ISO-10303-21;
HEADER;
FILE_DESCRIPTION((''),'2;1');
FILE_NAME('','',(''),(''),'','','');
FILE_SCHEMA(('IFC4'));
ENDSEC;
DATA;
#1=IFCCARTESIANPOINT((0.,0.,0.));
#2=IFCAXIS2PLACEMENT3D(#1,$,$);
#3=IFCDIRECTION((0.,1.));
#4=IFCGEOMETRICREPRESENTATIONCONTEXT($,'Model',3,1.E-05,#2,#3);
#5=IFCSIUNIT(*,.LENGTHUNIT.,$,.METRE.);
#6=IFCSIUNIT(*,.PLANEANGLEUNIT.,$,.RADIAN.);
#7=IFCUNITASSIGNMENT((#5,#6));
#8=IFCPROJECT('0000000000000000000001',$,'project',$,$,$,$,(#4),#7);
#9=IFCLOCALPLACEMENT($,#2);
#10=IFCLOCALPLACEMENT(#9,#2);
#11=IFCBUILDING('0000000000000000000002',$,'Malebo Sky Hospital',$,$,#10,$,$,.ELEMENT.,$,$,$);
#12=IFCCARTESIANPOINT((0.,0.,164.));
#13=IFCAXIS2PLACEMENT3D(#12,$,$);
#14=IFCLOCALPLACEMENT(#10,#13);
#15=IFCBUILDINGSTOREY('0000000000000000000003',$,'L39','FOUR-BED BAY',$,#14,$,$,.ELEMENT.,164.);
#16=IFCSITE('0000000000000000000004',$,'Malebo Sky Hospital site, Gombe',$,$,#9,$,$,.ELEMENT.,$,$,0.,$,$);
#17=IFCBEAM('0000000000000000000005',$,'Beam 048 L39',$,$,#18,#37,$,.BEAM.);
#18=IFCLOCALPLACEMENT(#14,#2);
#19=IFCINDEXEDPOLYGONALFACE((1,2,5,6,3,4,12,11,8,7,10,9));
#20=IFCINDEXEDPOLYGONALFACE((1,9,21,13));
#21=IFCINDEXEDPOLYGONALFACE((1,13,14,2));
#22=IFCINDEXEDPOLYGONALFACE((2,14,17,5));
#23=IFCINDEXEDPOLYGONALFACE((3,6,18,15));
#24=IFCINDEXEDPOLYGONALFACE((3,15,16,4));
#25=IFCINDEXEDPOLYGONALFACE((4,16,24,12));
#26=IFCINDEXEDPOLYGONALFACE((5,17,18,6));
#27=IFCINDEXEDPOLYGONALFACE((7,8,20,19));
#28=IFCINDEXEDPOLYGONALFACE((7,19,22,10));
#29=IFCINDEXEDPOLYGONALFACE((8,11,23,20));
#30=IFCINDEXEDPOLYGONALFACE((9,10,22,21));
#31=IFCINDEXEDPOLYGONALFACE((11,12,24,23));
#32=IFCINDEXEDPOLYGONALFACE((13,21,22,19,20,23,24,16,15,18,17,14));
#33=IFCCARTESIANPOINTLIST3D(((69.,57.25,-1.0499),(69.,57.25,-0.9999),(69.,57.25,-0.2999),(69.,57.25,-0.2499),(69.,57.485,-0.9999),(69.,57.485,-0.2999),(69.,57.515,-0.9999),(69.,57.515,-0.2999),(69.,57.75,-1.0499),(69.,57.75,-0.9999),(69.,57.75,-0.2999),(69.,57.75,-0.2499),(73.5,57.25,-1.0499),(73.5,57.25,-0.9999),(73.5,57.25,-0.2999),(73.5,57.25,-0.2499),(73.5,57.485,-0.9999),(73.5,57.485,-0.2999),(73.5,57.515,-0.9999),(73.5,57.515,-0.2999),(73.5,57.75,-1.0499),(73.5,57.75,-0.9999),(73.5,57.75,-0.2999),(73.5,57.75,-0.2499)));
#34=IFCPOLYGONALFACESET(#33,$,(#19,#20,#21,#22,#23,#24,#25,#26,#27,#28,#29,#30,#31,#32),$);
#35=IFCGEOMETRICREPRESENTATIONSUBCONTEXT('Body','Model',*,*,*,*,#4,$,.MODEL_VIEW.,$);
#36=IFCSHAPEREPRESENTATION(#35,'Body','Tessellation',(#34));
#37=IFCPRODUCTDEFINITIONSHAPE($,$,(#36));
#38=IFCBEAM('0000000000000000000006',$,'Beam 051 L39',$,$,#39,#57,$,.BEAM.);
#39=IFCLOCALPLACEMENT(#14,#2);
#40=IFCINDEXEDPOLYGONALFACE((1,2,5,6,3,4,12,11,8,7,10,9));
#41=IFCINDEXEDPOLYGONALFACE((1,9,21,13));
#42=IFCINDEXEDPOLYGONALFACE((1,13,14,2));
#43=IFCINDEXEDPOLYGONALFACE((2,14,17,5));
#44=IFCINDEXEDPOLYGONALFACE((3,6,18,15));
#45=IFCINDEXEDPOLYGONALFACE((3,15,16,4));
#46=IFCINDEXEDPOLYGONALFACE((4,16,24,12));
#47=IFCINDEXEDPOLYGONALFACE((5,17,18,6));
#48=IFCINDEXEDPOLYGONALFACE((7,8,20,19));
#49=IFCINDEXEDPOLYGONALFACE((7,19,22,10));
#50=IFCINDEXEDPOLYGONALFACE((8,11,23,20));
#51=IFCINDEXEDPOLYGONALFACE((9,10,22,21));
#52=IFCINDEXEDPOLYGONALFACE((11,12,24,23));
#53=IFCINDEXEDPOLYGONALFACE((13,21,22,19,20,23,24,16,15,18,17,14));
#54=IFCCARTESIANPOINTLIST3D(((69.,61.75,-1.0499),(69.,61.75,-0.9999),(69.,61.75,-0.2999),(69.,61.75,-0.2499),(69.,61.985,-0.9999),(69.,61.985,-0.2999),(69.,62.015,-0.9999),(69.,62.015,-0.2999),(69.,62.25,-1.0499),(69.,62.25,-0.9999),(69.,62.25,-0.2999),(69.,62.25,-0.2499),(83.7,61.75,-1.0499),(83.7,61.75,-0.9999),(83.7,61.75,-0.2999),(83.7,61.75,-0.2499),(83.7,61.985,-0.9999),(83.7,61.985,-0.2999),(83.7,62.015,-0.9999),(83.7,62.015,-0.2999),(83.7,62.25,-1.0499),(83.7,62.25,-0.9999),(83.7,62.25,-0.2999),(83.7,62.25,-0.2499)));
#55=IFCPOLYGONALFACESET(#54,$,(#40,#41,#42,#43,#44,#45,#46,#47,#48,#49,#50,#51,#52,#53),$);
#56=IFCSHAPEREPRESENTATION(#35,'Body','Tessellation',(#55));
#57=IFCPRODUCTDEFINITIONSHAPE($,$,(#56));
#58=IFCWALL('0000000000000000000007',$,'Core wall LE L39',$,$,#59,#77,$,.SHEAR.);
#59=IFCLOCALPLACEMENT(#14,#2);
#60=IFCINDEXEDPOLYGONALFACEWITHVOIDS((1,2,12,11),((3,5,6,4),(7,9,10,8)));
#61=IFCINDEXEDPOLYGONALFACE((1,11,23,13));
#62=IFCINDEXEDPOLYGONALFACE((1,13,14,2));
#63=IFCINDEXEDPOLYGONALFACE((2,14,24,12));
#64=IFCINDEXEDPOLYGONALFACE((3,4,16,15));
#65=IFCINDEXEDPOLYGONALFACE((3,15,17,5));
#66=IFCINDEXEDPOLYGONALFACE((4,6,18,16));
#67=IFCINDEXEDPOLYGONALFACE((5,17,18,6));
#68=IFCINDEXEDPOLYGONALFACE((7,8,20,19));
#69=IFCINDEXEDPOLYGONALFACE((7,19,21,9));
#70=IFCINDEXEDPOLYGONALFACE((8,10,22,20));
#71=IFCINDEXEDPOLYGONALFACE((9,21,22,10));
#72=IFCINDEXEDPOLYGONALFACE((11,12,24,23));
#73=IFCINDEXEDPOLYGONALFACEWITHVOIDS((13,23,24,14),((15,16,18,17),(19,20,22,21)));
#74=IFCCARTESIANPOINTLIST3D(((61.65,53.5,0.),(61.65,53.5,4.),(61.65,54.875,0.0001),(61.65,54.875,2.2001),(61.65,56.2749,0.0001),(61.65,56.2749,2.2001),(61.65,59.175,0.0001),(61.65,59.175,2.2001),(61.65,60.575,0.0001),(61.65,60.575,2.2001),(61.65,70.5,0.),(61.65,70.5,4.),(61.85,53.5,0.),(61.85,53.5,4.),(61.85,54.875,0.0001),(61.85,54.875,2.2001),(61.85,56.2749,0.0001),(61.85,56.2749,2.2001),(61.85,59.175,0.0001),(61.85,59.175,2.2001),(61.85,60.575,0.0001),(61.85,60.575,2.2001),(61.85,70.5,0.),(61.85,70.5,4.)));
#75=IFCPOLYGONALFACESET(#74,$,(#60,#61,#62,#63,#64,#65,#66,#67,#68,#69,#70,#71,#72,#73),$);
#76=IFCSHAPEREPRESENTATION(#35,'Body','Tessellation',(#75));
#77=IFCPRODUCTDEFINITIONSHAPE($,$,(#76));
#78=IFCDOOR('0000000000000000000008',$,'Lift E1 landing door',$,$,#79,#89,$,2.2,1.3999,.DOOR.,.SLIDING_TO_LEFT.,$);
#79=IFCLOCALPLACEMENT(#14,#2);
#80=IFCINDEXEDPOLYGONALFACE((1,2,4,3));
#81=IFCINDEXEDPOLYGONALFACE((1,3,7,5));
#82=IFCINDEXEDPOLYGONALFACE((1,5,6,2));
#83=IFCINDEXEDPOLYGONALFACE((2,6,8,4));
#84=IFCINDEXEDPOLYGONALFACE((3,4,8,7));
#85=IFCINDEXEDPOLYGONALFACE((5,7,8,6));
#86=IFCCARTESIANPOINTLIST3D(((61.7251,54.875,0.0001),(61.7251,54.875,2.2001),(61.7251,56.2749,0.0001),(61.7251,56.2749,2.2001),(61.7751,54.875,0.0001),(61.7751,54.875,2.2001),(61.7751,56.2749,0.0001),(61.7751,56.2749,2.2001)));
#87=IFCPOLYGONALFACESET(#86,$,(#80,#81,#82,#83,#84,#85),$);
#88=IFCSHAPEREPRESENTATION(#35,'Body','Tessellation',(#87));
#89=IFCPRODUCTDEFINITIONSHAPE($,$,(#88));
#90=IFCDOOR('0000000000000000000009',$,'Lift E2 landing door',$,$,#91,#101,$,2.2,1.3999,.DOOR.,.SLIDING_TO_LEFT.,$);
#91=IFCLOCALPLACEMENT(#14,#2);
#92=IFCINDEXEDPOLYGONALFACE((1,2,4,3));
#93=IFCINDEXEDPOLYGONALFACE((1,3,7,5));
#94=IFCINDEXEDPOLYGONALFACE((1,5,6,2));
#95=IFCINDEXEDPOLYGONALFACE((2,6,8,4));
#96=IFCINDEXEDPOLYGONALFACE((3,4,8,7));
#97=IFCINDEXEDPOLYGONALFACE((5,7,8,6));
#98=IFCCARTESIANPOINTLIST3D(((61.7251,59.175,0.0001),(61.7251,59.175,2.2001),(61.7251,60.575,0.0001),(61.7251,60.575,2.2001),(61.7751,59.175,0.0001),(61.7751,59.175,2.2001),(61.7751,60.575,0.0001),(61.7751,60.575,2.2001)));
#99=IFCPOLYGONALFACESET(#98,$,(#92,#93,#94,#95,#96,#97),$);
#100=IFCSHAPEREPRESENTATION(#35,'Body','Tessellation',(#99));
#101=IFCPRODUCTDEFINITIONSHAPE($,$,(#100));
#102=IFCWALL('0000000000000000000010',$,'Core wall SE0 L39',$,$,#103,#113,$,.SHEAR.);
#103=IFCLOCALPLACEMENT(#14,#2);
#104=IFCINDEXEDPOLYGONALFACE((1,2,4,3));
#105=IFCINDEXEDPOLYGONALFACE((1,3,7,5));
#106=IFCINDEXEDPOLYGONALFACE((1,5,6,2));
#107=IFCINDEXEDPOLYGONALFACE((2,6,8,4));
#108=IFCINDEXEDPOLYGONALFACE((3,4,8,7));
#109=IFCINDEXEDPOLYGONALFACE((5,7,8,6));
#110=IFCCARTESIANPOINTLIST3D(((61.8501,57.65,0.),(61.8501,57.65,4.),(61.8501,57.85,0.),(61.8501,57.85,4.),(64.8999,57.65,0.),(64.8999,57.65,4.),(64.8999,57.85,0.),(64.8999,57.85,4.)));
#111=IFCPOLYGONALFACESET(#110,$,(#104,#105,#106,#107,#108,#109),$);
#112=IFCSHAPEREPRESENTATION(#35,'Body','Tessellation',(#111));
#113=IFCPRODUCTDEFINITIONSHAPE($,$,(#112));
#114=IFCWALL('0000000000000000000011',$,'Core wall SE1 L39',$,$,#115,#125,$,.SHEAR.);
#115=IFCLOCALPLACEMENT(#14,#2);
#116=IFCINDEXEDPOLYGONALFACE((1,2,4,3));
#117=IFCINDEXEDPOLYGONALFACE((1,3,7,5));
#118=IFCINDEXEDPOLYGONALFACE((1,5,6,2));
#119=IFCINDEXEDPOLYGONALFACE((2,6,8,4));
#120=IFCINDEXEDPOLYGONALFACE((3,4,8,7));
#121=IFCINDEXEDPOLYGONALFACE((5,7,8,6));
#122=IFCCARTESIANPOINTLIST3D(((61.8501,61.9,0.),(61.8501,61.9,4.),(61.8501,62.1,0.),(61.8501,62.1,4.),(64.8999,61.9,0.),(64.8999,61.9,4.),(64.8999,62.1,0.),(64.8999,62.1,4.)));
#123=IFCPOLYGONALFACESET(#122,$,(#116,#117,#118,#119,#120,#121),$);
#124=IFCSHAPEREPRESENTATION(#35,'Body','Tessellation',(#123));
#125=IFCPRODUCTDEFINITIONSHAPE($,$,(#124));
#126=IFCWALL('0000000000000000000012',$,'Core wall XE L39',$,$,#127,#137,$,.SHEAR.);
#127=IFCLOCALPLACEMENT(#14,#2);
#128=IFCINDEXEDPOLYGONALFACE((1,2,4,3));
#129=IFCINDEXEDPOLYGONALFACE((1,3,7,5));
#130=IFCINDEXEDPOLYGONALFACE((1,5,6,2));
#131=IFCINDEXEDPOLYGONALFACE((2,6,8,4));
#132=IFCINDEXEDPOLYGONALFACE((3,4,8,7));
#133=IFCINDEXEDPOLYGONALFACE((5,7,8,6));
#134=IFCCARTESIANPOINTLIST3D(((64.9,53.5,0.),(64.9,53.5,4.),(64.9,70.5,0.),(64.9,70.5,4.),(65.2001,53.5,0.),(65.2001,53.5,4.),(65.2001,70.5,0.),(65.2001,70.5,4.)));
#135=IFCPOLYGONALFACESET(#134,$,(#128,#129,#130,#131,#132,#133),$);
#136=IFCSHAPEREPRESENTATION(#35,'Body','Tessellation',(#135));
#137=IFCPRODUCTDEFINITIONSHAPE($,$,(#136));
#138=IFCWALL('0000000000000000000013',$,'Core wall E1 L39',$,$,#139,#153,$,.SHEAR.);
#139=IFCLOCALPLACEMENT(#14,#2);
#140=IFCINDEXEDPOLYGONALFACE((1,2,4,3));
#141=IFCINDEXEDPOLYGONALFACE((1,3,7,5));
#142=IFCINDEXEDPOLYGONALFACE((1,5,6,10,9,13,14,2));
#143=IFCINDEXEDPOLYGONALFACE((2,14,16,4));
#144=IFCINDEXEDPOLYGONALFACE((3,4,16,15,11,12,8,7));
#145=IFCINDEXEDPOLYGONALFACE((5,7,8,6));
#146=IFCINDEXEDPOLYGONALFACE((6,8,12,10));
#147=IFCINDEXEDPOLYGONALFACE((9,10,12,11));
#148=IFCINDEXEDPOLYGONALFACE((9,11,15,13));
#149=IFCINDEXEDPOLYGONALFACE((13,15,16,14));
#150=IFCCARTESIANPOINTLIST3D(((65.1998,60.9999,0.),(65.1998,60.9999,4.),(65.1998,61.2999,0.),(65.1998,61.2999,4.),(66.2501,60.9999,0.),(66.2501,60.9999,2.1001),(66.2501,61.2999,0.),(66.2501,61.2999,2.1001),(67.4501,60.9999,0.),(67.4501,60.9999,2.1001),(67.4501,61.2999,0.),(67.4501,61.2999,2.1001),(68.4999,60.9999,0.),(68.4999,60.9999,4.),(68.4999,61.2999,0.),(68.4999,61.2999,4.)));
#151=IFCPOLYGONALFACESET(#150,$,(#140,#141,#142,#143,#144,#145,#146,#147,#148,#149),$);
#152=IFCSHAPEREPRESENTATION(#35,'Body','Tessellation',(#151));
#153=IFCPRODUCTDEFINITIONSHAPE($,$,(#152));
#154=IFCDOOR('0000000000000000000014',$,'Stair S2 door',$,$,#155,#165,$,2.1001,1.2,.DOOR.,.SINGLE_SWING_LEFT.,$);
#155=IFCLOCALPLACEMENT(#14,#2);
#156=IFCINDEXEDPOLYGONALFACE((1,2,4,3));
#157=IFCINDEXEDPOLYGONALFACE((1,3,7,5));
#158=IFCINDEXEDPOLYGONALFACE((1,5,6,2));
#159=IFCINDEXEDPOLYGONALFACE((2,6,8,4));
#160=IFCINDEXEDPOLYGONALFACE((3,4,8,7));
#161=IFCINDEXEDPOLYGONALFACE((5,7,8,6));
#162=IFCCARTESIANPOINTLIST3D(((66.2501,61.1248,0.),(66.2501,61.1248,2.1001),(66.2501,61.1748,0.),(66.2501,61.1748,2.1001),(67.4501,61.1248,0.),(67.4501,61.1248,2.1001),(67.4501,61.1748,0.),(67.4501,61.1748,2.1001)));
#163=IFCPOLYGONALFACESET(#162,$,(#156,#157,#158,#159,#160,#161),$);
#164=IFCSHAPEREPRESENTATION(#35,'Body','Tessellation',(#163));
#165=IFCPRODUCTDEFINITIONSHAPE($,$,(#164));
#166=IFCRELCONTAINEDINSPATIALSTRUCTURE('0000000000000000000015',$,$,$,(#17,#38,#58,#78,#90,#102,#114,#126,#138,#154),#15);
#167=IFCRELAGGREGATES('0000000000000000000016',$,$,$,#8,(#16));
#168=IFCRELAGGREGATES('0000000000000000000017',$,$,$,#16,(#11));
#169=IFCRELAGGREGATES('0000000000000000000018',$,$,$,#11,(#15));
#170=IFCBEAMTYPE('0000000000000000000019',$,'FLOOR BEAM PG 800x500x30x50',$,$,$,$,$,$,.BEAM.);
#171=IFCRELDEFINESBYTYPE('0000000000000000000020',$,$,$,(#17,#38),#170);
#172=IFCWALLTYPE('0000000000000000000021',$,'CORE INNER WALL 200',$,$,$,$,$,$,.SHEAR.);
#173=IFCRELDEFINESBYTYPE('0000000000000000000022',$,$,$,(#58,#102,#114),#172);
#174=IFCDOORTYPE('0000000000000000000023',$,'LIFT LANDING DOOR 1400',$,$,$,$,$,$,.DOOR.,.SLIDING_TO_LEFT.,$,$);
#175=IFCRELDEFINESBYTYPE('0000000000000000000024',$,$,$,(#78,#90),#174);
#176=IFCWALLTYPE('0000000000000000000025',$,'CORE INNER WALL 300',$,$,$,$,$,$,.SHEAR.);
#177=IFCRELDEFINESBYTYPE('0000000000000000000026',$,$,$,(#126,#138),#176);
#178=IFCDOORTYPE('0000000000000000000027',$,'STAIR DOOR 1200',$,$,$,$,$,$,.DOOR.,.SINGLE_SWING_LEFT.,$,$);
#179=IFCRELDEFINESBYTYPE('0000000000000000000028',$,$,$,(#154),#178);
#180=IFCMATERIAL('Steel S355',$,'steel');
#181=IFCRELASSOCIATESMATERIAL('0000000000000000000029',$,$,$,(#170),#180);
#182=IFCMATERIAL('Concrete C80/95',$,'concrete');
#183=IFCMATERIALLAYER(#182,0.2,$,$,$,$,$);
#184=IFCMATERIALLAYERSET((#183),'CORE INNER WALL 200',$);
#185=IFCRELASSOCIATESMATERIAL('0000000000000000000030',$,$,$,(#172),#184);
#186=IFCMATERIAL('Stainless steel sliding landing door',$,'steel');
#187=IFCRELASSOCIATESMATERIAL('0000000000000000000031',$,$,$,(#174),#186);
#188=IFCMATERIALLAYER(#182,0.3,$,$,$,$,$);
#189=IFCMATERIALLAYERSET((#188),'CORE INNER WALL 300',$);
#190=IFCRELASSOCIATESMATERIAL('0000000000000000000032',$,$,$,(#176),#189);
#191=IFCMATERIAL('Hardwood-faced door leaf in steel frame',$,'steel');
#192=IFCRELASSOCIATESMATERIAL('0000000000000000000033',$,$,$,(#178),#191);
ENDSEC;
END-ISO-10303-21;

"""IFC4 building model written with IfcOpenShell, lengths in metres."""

from ifc_helpers import new_model, si_unit, direction, frame, frame_2d, origin, origin_2d, place, context, subcontext, project, spatial, rectangle, i_section, extrude, material, layer, layer_set, material_profile, profile_set, type_object, element, fill, save


model = new_model("IFC4")

# Units and contexts
model_context = context("Model", 3, precision=1e-05, world=origin(), true_north=direction((0.0, 1.0)))
body_context = subcontext(model_context, "Body", "Model", "MODEL_VIEW")
ifc_project = project(units=[si_unit("LENGTHUNIT", "METRE"), si_unit("PLANEANGLEUNIT", "RADIAN")], contexts=[model_context])

# Site, building, storey
site_placement = place(None, origin())
site = spatial("IfcSite", under=ifc_project, at=site_placement, Name="Malebo Sky Hospital site, Gombe", CompositionType="ELEMENT", RefElevation=0.0)
building_placement = place(site_placement, origin())
building = spatial("IfcBuilding", under=site, at=building_placement, Name="Malebo Sky Hospital", CompositionType="ELEMENT")
storey_placement = place(building_placement, frame((0.0, 0.0, 164.0)))
storey = spatial("IfcBuildingStorey", under=building, at=storey_placement, Name="L39", Description="FOUR-BED BAY", CompositionType="ELEMENT", Elevation=164.0)

# Beams
ifc_material_1 = material(Name="Steel S355", Category="steel")
ifc_material_profile = material_profile(ifc_material_1, i_section(OverallWidth=0.5, OverallDepth=0.8, WebThickness=0.03, FlangeThickness=0.05, at=origin_2d()), Name="PG 800x500x30x50")
ifc_profile_set = profile_set([ifc_material_profile], Name="Steel S355")
beam_type = type_object("IfcBeamType", Name="FLOOR BEAM PG 800x500x30x50", PredefinedType="BEAM", material=ifc_profile_set)
beam_1_placement = place(storey_placement, frame((69.0, 57.5, -0.6499), z_axis=(1.0, 0.0, 0.0), x_axis=(0.0, 1.0, 0.0)))
element("IfcBeam", 1, at=beam_1_placement, inside=storey, type_object=beam_type, Name="Beam 048 L39", PredefinedType="BEAM", context=body_context, shape_type="SweptSolid", body=[
    extrude(i_section(OverallWidth=0.5, OverallDepth=0.8, WebThickness=0.03, FlangeThickness=0.05, at=origin_2d()), origin(), (0.0, 0.0, 1.0), 4.5),
])
beam_2_placement = place(storey_placement, frame((69.0, 62.0, -0.6499), z_axis=(1.0, 0.0, 0.0), x_axis=(0.0, 1.0, 0.0)))
element("IfcBeam", 2, at=beam_2_placement, inside=storey, type_object=beam_type, Name="Beam 051 L39", PredefinedType="BEAM", context=body_context, shape_type="SweptSolid", body=[
    extrude(i_section(OverallWidth=0.5, OverallDepth=0.8, WebThickness=0.03, FlangeThickness=0.05, at=origin_2d()), origin(), (0.0, 0.0, 1.0), 14.7),
])

# Wall, openings, doors
ifc_material_2 = material(Name="Concrete C80/95", Category="concrete")
ifc_layer_1 = layer(ifc_material_2, 0.2)
ifc_layer_set_1 = layer_set([ifc_layer_1], Name="CORE INNER WALL 200")
wall_type_1 = type_object("IfcWallType", Name="CORE INNER WALL 200", PredefinedType="SHEAR", material=ifc_layer_set_1)
wall_1_placement = place(storey_placement, frame((61.75, 53.5, 0.0), z_axis=(0.0, 0.0, 1.0), x_axis=(0.0, 1.0, 0.0)))
wall_1 = element("IfcWall", 3, at=wall_1_placement, inside=storey, type_object=wall_type_1, Name="Core wall LE L39", PredefinedType="SHEAR", context=body_context, shape_type="SweptSolid", body=[
    extrude(rectangle(XDim=17.0, YDim=0.2, at=frame_2d((8.5, 0.0))), origin(), (0.0, 0.0, 1.0), 4.0),
])
opening_1_placement = place(wall_1_placement, frame((1.375, 0.0, 0.0)))
opening_1 = element("IfcOpeningElement", 4, at=opening_1_placement, cuts=wall_1, PredefinedType="OPENING", context=body_context, shape_type="SweptSolid", body=[
    extrude(rectangle(XDim=1.3999, YDim=2.2, at=frame_2d((0.7, 1.1001))), frame((0.0, 0.1099, 0.0), z_axis=(0.0, -1.0, 0.0), x_axis=(1.0, 0.0, 0.0)), (0.0, 0.0, 1.0), 0.22),
])
opening_2_placement = place(wall_1_placement, frame((5.675, 0.0, 0.0)))
opening_2 = element("IfcOpeningElement", 5, at=opening_2_placement, cuts=wall_1, PredefinedType="OPENING", context=body_context, shape_type="SweptSolid", body=[
    extrude(rectangle(XDim=1.3999, YDim=2.2, at=frame_2d((0.7, 1.1001))), frame((0.0, 0.1099, 0.0), z_axis=(0.0, -1.0, 0.0), x_axis=(1.0, 0.0, 0.0)), (0.0, 0.0, 1.0), 0.22),
])
ifc_material_3 = material(Name="Stainless steel sliding landing door", Category="steel")
door_type_1 = type_object("IfcDoorType", Name="LIFT LANDING DOOR 1400", OperationType="SLIDING_TO_LEFT", PredefinedType="DOOR", material=ifc_material_3)
door_1_placement = place(opening_1_placement, origin())
door_1 = element("IfcDoor", 6, at=door_1_placement, inside=storey, type_object=door_type_1, Name="Lift E1 landing door", OperationType="SLIDING_TO_LEFT", OverallHeight=2.2, OverallWidth=1.3999, PredefinedType="DOOR", context=body_context, shape_type="SweptSolid", body=[
    extrude(rectangle(XDim=1.3999, YDim=2.2, at=frame_2d((0.7, 1.1001))), frame((0.0, 0.0249, 0.0), z_axis=(0.0, -1.0, 0.0), x_axis=(1.0, 0.0, 0.0)), (0.0, 0.0, 1.0), 0.05),
])
fill(opening_1, door_1)
door_2_placement = place(opening_2_placement, origin())
door_2 = element("IfcDoor", 7, at=door_2_placement, inside=storey, type_object=door_type_1, Name="Lift E2 landing door", OperationType="SLIDING_TO_LEFT", OverallHeight=2.2, OverallWidth=1.3999, PredefinedType="DOOR", context=body_context, shape_type="SweptSolid", body=[
    extrude(rectangle(XDim=1.3999, YDim=2.2, at=frame_2d((0.7, 1.1001))), frame((0.0, 0.0249, 0.0), z_axis=(0.0, -1.0, 0.0), x_axis=(1.0, 0.0, 0.0)), (0.0, 0.0, 1.0), 0.05),
])
fill(opening_2, door_2)

# Walls
for number, where, z_axis, x_axis, name in (
    (8, (61.8501, 57.75, 0.0), (0.0, 0.0, 1.0), (1.0, 0.0, 0.0), "Core wall SE0 L39"),
    (9, (61.8501, 62.0, 0.0), (0.0, 0.0, 1.0), (1.0, 0.0, 0.0), "Core wall SE1 L39"),
):
    element("IfcWall", number, at=place(storey_placement, frame(where, z_axis=z_axis, x_axis=x_axis)), inside=storey, type_object=wall_type_1, Name=name, PredefinedType="SHEAR", context=body_context, shape_type="SweptSolid", body=[
        extrude(rectangle(XDim=3.0498, YDim=0.2, at=frame_2d((1.5249, 0.0))), origin(), (0.0, 0.0, 1.0), 4.0),
    ])
ifc_layer_2 = layer(ifc_material_2, 0.3)
ifc_layer_set_2 = layer_set([ifc_layer_2], Name="CORE INNER WALL 300")
wall_type_2 = type_object("IfcWallType", Name="CORE INNER WALL 300", PredefinedType="SHEAR", material=ifc_layer_set_2)
wall_2_placement = place(storey_placement, frame((65.05, 53.5, 0.0), z_axis=(0.0, 0.0, 1.0), x_axis=(0.0, 1.0, 0.0)))
element("IfcWall", 10, at=wall_2_placement, inside=storey, type_object=wall_type_2, Name="Core wall XE L39", PredefinedType="SHEAR", context=body_context, shape_type="SweptSolid", body=[
    extrude(rectangle(XDim=17.0, YDim=0.3, at=frame_2d((8.5, 0.0))), origin(), (0.0, 0.0, 1.0), 4.0),
])

# Wall, opening, door
wall_3_placement = place(storey_placement, frame((65.2, 61.1499, 0.0), z_axis=(0.0, 0.0, 1.0), x_axis=(1.0, 0.0, 0.0)))
wall_3 = element("IfcWall", 11, at=wall_3_placement, inside=storey, type_object=wall_type_2, Name="Core wall E1 L39", PredefinedType="SHEAR", context=body_context, shape_type="SweptSolid", body=[
    extrude(rectangle(XDim=3.3, YDim=0.3, at=frame_2d((1.6499, 0.0))), origin(), (0.0, 0.0, 1.0), 4.0),
])
opening_3_placement = place(wall_3_placement, frame((1.05, 0.0, 0.0)))
opening_3 = element("IfcOpeningElement", 12, at=opening_3_placement, cuts=wall_3, PredefinedType="OPENING", context=body_context, shape_type="SweptSolid", body=[
    extrude(rectangle(XDim=1.2, YDim=2.1001, at=frame_2d((0.6001, 1.05))), frame((0.0, 0.1599, 0.0), z_axis=(0.0, -1.0, 0.0), x_axis=(1.0, 0.0, 0.0)), (0.0, 0.0, 1.0), 0.3201),
])
ifc_material_4 = material(Name="Hardwood-faced door leaf in steel frame", Category="steel")
door_type_2 = type_object("IfcDoorType", Name="STAIR DOOR 1200", OperationType="SINGLE_SWING_LEFT", PredefinedType="DOOR", material=ifc_material_4)
door_3_placement = place(opening_3_placement, origin())
door_3 = element("IfcDoor", 13, at=door_3_placement, inside=storey, type_object=door_type_2, Name="Stair S2 door", OperationType="SINGLE_SWING_LEFT", OverallHeight=2.1001, OverallWidth=1.2, PredefinedType="DOOR", context=body_context, shape_type="SweptSolid", body=[
    extrude(rectangle(XDim=1.2, YDim=2.1001, at=frame_2d((0.6001, 1.05))), frame((0.0, 0.0249, 0.0), z_axis=(0.0, -1.0, 0.0), x_axis=(1.0, 0.0, 0.0)), (0.0, 0.0, 1.0), 0.05),
])
fill(opening_3, door_3)

save(model, "model.ifc")
